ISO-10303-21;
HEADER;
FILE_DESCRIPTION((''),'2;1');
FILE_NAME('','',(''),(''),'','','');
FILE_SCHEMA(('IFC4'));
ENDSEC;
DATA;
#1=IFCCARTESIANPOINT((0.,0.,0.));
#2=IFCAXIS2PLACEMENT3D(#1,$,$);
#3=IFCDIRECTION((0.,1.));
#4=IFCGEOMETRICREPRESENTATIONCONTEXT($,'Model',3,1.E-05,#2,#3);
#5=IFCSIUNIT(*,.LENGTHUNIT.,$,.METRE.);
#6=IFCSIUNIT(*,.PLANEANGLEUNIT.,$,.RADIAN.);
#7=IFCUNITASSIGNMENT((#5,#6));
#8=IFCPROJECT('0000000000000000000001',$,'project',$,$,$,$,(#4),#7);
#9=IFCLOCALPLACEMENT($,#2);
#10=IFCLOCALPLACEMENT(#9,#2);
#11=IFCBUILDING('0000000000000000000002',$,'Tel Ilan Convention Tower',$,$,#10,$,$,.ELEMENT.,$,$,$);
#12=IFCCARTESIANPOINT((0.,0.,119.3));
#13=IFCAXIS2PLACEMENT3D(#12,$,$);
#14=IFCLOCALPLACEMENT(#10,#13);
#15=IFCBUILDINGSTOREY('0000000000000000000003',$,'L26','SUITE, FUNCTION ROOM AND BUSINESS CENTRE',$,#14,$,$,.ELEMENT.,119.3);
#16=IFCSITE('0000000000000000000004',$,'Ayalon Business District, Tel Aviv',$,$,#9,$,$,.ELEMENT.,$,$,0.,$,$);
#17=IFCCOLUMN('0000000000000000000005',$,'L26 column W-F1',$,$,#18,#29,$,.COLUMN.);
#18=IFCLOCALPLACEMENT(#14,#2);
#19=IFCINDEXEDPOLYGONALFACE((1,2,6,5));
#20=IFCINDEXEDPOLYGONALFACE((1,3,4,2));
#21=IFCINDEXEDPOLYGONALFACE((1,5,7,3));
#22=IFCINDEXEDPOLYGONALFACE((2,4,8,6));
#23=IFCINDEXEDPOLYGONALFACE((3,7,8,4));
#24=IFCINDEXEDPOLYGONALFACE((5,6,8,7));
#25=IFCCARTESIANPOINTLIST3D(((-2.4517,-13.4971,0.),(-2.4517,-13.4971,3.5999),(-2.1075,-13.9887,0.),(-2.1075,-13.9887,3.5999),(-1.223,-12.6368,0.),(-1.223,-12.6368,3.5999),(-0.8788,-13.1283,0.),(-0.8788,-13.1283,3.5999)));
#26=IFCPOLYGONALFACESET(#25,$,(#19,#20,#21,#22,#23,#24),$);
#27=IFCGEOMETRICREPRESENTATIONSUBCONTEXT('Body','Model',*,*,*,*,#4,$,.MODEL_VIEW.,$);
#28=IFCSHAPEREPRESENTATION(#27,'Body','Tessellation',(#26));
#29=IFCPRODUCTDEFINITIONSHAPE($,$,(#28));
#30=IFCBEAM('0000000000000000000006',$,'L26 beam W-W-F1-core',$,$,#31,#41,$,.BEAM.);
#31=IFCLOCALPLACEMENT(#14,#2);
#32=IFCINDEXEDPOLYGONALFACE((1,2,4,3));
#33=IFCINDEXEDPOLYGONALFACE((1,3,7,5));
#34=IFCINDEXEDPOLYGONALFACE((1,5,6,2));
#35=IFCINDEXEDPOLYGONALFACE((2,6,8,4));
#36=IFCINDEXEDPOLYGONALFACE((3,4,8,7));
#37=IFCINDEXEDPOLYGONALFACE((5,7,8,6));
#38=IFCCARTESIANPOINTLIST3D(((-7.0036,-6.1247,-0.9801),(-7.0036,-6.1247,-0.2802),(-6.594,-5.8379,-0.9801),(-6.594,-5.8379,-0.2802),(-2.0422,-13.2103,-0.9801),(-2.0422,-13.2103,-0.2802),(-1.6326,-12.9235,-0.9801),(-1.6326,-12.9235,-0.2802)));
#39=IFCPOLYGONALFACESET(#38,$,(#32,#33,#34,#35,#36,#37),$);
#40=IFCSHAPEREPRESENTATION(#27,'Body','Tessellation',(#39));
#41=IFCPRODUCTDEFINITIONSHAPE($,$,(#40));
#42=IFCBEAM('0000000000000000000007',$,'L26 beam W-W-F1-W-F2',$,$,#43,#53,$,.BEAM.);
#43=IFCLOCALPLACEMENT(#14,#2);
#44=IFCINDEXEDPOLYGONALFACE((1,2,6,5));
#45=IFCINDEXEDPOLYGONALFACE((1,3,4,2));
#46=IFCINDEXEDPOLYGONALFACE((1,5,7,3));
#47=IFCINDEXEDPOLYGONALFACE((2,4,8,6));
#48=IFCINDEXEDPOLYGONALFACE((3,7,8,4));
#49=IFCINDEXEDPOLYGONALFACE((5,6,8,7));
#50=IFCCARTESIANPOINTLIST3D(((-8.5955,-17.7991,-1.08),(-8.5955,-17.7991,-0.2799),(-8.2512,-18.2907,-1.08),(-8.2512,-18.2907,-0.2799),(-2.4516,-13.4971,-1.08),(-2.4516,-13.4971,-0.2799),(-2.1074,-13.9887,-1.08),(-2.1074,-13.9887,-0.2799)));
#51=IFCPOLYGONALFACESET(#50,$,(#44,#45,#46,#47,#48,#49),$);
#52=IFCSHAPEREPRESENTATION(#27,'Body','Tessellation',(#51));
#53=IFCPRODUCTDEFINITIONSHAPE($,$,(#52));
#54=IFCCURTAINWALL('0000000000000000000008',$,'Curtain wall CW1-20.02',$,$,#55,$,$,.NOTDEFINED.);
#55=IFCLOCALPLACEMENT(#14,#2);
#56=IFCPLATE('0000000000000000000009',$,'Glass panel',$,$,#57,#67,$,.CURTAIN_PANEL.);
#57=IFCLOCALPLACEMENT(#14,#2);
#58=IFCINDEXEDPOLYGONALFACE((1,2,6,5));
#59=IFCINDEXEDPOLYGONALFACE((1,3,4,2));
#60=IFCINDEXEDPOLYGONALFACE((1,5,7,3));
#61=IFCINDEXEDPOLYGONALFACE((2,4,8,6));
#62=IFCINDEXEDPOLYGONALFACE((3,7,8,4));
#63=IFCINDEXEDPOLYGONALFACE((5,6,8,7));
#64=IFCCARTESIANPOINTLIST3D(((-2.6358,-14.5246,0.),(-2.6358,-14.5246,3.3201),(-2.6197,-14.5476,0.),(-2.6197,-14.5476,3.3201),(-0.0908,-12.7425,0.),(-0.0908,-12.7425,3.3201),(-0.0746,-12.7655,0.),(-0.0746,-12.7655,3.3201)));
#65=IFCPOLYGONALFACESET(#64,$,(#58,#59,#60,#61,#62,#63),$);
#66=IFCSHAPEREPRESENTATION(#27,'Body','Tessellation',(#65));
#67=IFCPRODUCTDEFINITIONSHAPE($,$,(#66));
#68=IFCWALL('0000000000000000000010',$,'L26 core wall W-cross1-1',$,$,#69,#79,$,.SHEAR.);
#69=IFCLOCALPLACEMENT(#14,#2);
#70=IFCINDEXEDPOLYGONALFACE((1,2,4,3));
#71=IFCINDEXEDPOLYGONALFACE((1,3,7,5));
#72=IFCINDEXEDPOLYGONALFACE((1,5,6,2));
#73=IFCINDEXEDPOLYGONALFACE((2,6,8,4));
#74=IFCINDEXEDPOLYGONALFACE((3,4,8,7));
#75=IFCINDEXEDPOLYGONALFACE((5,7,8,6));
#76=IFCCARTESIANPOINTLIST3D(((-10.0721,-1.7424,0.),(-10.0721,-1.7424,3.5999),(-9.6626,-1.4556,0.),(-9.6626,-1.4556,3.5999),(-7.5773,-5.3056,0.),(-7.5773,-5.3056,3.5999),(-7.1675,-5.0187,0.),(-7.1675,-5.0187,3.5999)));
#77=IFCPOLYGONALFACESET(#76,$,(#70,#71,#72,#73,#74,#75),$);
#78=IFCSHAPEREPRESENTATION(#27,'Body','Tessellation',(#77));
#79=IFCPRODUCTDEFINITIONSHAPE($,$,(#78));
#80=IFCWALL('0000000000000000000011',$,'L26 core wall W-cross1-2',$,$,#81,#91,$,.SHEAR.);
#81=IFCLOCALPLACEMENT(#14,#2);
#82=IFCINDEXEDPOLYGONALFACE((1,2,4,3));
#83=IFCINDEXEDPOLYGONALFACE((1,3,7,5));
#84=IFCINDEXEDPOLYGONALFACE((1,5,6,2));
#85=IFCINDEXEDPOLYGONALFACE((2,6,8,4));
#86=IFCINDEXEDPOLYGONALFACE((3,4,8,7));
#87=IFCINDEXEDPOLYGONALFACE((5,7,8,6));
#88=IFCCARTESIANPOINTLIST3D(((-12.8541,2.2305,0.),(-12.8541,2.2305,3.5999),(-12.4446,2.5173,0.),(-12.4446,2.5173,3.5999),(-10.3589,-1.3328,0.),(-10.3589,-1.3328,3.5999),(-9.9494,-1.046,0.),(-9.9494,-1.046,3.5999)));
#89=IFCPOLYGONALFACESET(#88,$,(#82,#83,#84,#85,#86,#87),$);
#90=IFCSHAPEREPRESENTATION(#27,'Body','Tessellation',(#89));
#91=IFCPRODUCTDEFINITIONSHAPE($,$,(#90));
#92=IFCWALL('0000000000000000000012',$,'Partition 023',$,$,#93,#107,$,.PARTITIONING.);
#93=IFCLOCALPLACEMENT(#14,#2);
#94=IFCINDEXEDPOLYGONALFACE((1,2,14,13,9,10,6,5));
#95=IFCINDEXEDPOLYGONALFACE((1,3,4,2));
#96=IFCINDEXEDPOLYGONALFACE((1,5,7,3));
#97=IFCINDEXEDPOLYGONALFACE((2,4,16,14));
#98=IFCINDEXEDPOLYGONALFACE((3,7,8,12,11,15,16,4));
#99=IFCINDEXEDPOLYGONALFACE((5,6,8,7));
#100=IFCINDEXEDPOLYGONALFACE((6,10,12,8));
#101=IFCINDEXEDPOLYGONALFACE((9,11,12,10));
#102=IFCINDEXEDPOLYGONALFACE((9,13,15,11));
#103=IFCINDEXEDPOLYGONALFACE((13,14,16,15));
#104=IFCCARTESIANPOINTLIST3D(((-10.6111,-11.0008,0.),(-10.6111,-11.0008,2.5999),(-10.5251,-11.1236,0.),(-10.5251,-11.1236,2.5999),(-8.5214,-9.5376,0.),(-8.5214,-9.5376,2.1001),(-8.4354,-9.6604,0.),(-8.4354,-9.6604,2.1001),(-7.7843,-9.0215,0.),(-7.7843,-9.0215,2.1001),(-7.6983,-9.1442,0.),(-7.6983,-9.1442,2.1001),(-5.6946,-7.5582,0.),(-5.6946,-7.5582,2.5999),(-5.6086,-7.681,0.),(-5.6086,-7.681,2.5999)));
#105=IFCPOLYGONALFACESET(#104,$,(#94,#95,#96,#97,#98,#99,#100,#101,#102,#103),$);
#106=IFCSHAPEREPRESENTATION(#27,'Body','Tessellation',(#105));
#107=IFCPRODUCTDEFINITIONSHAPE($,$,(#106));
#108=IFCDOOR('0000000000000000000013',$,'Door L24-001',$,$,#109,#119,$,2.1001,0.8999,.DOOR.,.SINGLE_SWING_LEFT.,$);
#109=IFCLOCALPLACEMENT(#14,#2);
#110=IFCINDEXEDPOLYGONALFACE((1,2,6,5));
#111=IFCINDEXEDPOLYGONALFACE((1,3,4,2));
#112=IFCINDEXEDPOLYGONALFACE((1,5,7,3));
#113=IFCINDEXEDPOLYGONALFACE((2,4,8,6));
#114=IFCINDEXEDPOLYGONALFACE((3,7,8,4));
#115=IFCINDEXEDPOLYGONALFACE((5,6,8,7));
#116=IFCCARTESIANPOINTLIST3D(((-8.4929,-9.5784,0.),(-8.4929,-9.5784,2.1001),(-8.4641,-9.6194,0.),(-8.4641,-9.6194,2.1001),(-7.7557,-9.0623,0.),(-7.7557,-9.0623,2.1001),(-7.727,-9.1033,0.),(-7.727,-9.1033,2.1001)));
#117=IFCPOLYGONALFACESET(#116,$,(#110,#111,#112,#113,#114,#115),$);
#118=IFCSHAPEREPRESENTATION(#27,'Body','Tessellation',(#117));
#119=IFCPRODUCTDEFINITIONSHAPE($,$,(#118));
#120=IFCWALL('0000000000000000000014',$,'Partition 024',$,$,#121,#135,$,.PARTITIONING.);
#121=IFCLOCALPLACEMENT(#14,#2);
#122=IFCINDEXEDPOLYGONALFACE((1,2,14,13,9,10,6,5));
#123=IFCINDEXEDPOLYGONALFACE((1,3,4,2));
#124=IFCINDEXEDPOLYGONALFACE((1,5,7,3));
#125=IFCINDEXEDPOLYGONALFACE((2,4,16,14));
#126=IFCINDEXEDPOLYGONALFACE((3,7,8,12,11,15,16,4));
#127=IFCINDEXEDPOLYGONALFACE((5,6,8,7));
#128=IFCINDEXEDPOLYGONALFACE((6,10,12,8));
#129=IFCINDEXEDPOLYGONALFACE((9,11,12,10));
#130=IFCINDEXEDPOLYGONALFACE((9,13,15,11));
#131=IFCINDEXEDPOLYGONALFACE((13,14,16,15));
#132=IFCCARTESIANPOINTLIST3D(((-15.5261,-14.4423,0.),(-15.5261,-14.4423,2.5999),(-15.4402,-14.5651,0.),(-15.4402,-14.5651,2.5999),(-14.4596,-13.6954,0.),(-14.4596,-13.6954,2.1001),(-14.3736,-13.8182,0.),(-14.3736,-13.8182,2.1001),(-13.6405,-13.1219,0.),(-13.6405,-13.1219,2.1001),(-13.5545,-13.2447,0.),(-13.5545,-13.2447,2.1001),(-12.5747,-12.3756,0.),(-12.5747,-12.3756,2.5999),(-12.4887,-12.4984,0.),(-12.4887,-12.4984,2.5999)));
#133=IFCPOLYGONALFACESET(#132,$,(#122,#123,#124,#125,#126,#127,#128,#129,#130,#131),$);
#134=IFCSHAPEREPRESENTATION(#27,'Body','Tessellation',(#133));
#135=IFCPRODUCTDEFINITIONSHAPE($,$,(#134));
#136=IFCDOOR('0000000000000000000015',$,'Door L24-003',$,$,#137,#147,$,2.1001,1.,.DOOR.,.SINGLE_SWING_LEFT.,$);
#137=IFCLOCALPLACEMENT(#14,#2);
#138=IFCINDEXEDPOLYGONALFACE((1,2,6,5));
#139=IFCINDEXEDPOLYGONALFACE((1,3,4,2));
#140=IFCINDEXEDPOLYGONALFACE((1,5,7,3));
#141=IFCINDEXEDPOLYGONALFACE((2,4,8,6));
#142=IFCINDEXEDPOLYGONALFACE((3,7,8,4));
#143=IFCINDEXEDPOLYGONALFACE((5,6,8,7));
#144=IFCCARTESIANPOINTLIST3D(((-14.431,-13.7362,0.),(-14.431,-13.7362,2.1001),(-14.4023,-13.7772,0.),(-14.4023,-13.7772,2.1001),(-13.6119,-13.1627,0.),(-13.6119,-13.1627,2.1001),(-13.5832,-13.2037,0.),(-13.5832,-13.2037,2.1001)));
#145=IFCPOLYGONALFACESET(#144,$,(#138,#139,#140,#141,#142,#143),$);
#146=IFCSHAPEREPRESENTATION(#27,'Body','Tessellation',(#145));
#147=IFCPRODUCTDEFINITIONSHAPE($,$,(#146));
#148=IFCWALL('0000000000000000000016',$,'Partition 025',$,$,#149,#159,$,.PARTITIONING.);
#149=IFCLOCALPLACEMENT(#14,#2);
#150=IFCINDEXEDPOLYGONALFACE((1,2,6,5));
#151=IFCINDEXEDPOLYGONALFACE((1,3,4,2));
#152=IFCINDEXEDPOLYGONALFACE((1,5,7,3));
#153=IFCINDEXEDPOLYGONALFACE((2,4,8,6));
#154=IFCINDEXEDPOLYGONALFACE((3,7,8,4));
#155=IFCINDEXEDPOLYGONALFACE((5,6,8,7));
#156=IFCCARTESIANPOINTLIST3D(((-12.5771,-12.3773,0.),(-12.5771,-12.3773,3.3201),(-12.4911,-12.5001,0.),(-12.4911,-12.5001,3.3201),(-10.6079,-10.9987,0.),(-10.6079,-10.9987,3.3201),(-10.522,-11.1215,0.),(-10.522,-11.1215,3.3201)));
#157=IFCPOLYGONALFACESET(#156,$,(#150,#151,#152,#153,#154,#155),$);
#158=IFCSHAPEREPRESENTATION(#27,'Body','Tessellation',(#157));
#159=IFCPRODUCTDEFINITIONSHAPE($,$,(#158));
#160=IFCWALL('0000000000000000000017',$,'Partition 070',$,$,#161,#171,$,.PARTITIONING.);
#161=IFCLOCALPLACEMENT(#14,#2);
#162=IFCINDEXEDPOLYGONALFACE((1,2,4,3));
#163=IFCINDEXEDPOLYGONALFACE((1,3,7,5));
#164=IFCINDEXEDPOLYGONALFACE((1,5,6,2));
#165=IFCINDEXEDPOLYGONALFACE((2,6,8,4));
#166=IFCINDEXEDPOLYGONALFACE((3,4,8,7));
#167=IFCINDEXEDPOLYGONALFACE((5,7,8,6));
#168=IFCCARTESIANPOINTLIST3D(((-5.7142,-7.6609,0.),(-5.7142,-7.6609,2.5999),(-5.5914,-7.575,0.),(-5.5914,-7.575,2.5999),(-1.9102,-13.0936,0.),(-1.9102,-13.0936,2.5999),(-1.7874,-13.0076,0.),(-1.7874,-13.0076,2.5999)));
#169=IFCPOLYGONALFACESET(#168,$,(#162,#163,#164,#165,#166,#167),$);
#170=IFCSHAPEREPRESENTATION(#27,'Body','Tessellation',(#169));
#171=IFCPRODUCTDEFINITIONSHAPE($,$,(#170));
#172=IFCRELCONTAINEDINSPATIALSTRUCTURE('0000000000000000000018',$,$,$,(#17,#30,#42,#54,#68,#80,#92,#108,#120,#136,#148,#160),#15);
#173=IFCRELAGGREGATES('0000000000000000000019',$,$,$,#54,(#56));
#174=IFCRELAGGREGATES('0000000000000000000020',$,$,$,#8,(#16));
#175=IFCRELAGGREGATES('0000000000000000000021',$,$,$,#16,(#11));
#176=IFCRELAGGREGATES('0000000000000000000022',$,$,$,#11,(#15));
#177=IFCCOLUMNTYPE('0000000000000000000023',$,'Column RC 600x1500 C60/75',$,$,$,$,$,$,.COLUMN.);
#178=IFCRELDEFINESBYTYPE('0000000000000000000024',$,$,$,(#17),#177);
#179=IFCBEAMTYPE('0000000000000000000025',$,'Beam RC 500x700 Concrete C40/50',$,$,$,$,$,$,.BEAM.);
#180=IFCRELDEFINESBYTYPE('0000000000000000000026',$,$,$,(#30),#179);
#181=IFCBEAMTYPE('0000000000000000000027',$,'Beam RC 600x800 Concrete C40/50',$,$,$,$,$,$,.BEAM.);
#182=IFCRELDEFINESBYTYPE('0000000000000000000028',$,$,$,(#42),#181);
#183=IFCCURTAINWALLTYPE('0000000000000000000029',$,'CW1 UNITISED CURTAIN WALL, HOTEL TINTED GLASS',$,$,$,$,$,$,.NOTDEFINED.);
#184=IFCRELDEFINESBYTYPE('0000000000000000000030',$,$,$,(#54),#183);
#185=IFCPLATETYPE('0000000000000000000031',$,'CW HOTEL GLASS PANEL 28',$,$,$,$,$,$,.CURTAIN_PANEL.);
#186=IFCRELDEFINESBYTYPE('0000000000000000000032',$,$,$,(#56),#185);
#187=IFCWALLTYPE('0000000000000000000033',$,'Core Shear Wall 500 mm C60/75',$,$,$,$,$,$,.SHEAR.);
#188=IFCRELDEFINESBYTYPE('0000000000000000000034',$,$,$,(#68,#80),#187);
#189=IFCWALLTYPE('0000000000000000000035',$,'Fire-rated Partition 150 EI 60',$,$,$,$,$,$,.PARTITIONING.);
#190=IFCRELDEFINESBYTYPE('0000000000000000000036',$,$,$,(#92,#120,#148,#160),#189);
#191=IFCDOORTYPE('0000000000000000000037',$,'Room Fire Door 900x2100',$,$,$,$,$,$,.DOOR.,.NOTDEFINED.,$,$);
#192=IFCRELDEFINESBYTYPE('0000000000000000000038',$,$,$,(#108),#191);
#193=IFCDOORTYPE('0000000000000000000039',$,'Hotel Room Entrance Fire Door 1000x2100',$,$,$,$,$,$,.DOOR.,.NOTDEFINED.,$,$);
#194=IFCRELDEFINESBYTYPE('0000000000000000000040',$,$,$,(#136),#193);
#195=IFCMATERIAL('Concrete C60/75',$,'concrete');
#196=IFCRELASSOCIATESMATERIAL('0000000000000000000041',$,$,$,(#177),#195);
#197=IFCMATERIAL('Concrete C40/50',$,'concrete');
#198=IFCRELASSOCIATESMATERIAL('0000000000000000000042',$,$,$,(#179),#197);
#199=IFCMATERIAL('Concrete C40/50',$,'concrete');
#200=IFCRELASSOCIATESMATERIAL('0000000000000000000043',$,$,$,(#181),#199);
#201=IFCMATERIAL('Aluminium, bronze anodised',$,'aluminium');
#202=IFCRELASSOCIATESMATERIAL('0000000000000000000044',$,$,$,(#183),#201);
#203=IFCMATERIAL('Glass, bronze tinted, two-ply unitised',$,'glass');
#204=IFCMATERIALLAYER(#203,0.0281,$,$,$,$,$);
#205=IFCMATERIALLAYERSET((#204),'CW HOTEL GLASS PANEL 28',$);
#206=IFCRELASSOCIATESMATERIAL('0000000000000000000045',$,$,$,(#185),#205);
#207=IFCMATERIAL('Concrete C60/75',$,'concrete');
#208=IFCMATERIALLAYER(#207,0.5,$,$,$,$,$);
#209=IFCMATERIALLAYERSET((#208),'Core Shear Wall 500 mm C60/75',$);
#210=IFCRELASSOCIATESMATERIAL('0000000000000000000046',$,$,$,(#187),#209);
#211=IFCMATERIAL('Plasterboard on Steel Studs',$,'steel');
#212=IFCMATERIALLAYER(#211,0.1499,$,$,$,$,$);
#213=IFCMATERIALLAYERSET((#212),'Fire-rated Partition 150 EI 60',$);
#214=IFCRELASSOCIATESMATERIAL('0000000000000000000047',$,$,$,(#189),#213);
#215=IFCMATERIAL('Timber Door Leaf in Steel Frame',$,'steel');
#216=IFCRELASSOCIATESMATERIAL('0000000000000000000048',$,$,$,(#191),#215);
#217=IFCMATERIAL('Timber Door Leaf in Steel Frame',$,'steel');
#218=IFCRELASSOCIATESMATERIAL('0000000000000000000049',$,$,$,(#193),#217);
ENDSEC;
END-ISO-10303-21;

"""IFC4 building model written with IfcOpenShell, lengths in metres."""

from ifc_helpers import new_model, si_unit, direction, frame, frame_2d, origin, origin_2d, place, context, subcontext, project, spatial, polyline, rectangle, outline, extrude, material, layer, layer_set, material_profile, profile_set, type_object, element, fill, aggregate, save


model = new_model("IFC4")

# Units and contexts
model_context = context("Model", 3, precision=1e-05, world=origin(), true_north=direction((0.0, 1.0)))
body_context = subcontext(model_context, "Body", "Model", "MODEL_VIEW")
ifc_project = project(units=[si_unit("LENGTHUNIT", "METRE"), si_unit("PLANEANGLEUNIT", "RADIAN")], contexts=[model_context])

# Site, building, storey
site_placement = place(None, origin())
site = spatial("IfcSite", under=ifc_project, at=site_placement, Name="Ayalon Business District, Tel Aviv", CompositionType="ELEMENT", RefElevation=0.0)
building_placement = place(site_placement, origin())
building = spatial("IfcBuilding", under=site, at=building_placement, Name="Tel Ilan Convention Tower", CompositionType="ELEMENT")
storey_placement = place(building_placement, frame((0.0, 0.0, 119.3)))
storey = spatial("IfcBuildingStorey", under=building, at=storey_placement, Name="L26", Description="SUITE, FUNCTION ROOM AND BUSINESS CENTRE", CompositionType="ELEMENT", Elevation=119.3)

# Column
ifc_material_1 = material(Name="Concrete C60/75", Category="concrete")
ifc_material_profile_1 = material_profile(ifc_material_1, rectangle(XDim=1.5, YDim=0.6001, at=origin_2d()), Name="RC 600x1500")
ifc_profile_set_1 = profile_set([ifc_material_profile_1], Name="Concrete C60/75")
column_type = type_object("IfcColumnType", Name="Column RC 600x1500 C60/75", PredefinedType="COLUMN", material=ifc_profile_set_1)
column_placement = place(storey_placement, frame((-1.6653, -13.3127, 0.0), z_axis=(0.0, 0.0, 1.0), x_axis=(-0.819152, -0.573576, 0.0)))
element("IfcColumn", 1, at=column_placement, inside=storey, type_object=column_type, Name="L26 column W-F1", PredefinedType="COLUMN", context=body_context, shape_type="SweptSolid", body=[
    extrude(rectangle(XDim=1.5, YDim=0.6001, at=origin_2d()), origin(), (0.0, 0.0, 1.0), 3.5999),
])

# Beams
ifc_material_2 = material(Name="Concrete C40/50", Category="concrete")
ifc_material_profile_2 = material_profile(ifc_material_2, rectangle(XDim=0.5, YDim=0.7, at=origin_2d()), Name="RC 500x700")
ifc_profile_set_2 = profile_set([ifc_material_profile_2], Name="Concrete C40/50")
beam_type_1 = type_object("IfcBeamType", Name="Beam RC 500x700 Concrete C40/50", PredefinedType="BEAM", material=ifc_profile_set_2)
beam_1_placement = place(storey_placement, frame((-1.8374, -13.0669, -0.6301), z_axis=(-0.573574, 0.819154, 0.0), x_axis=(-0.819154, -0.573574, 0.0)))
element("IfcBeam", 2, at=beam_1_placement, inside=storey, type_object=beam_type_1, Name="L26 beam W-W-F1-core", PredefinedType="BEAM", context=body_context, shape_type="SweptSolid", body=[
    extrude(rectangle(XDim=0.5, YDim=0.7, at=origin_2d()), origin(), (0.0, 0.0, 1.0), 8.6499),
])
ifc_material_3 = material(Name="Concrete C40/50", Category="concrete")
ifc_material_profile_3 = material_profile(ifc_material_3, rectangle(XDim=0.6001, YDim=0.8, at=origin_2d()), Name="RC 600x800")
ifc_profile_set_3 = profile_set([ifc_material_profile_3], Name="Concrete C40/50")
beam_type_2 = type_object("IfcBeamType", Name="Beam RC 600x800 Concrete C40/50", PredefinedType="BEAM", material=ifc_profile_set_3)
beam_2_placement = place(storey_placement, frame((-2.2795, -13.7429, -0.6799), z_axis=(-0.819148, -0.573582, 0.0), x_axis=(0.573582, -0.819148, 0.0)))
element("IfcBeam", 3, at=beam_2_placement, inside=storey, type_object=beam_type_2, Name="L26 beam W-W-F1-W-F2", PredefinedType="BEAM", context=body_context, shape_type="SweptSolid", body=[
    extrude(rectangle(XDim=0.6001, YDim=0.8, at=origin_2d()), origin(), (0.0, 0.0, 1.0), 7.5002),
])

# Curtain wall, plate
ifc_material_4 = material(Name="Aluminium, bronze anodised", Category="aluminium")
curtain_wall_type = type_object("IfcCurtainWallType", Name="CW1 UNITISED CURTAIN WALL, HOTEL TINTED GLASS", PredefinedType="NOTDEFINED", material=ifc_material_4)
curtain_wall_placement = place(storey_placement, origin())
curtain_wall = element("IfcCurtainWall", 4, at=curtain_wall_placement, inside=storey, type_object=curtain_wall_type, Name="Curtain wall CW1-20.02", PredefinedType="NOTDEFINED")
ifc_material_5 = material(Name="Glass, bronze tinted, two-ply unitised", Category="glass")
ifc_layer_1 = layer(ifc_material_5, 0.0281)
ifc_layer_set_1 = layer_set([ifc_layer_1], Name="CW HOTEL GLASS PANEL 28")
plate_type = type_object("IfcPlateType", Name="CW HOTEL GLASS PANEL 28", PredefinedType="CURTAIN_PANEL", material=ifc_layer_set_1)
plate_placement = place(storey_placement, frame((-1.3552, -13.645, 0.0), z_axis=(0.0, 0.0, 1.0), x_axis=(0.819152, 0.573576, 0.0)))
plate = element("IfcPlate", 5, at=plate_placement, type_object=plate_type, Name="Glass panel", PredefinedType="CURTAIN_PANEL", context=body_context, shape_type="SweptSolid", body=[
    extrude(rectangle(XDim=3.1069, YDim=0.0281, at=origin_2d()), origin(), (0.0, 0.0, 1.0), 3.3201),
])
aggregate(curtain_wall, [plate])

# Walls
ifc_material_6 = material(Name="Concrete C60/75", Category="concrete")
ifc_layer_2 = layer(ifc_material_6, 0.5)
ifc_layer_set_2 = layer_set([ifc_layer_2], Name="Core Shear Wall 500 mm C60/75")
wall_type_1 = type_object("IfcWallType", Name="Core Shear Wall 500 mm C60/75", PredefinedType="SHEAR", material=ifc_layer_set_2)
wall_1_placement = place(storey_placement, frame((-7.3723, -5.1621, 0.0), z_axis=(0.0, 0.0, 1.0), x_axis=(-0.573594, 0.81914, 0.0)))
element("IfcWall", 6, at=wall_1_placement, inside=storey, type_object=wall_type_1, Name="L26 core wall W-cross1-1", PredefinedType="SHEAR", context=body_context, shape_type="SweptSolid", body=[
    extrude(outline(polyline([(4.3499, 0.25), (0.0, 0.2502), (0.0, -0.25), (4.3499, -0.25), (4.3499, 0.25)])), origin(), (0.0, 0.0, 1.0), 3.5999),
])
wall_2_placement = place(storey_placement, frame((-10.1543, -1.1892, 0.0), z_axis=(0.0, 0.0, 1.0), x_axis=(-0.573594, 0.81914, 0.0)))
element("IfcWall", 7, at=wall_2_placement, inside=storey, type_object=wall_type_1, Name="L26 core wall W-cross1-2", PredefinedType="SHEAR", context=body_context, shape_type="SweptSolid", body=[
    extrude(outline(polyline([(4.3499, -0.25), (4.3499, 0.25), (-0.0002, 0.25), (-0.0002, -0.25), (4.3499, -0.25)])), origin(), (0.0, 0.0, 1.0), 3.5999),
])

# Walls, openings, doors
ifc_material_7 = material(Name="Plasterboard on Steel Studs", Category="steel")
ifc_layer_3 = layer(ifc_material_7, 0.1499)
ifc_layer_set_3 = layer_set([ifc_layer_3], Name="Fire-rated Partition 150 EI 60")
wall_type_2 = type_object("IfcWallType", Name="Fire-rated Partition 150 EI 60", PredefinedType="PARTITIONING", material=ifc_layer_set_3)
wall_3_placement = place(storey_placement, frame((-5.6516, -7.6196, 0.0), z_axis=(0.0, 0.0, 1.0), x_axis=(-0.819148, -0.573582, 0.0)))
wall_3 = element("IfcWall", 8, at=wall_3_placement, inside=storey, type_object=wall_type_2, Name="Partition 023", PredefinedType="PARTITIONING", context=body_context, shape_type="SweptSolid", body=[
    extrude(rectangle(XDim=6.002, YDim=0.1499, at=frame_2d((3.001, 0.0))), origin(), (0.0, 0.0, 1.0), 2.5999),
])
opening_1_placement = place(wall_3_placement, frame((2.551, 0.0, 0.0)))
opening_1 = element("IfcOpeningElement", 9, at=opening_1_placement, cuts=wall_3, PredefinedType="OPENING", context=body_context, shape_type="SweptSolid", body=[
    extrude(rectangle(XDim=0.8999, YDim=2.1001, at=frame_2d((0.45, 1.05))), frame((0.0, 0.085, 0.0), z_axis=(0.0, -1.0, 0.0), x_axis=(1.0, 0.0, 0.0)), (0.0, 0.0, 1.0), 0.1699),
])
ifc_material_8 = material(Name="Timber Door Leaf in Steel Frame", Category="steel")
door_type_1 = type_object("IfcDoorType", Name="Room Fire Door 900x2100", OperationType="NOTDEFINED", PredefinedType="DOOR", material=ifc_material_8)
door_1_placement = place(opening_1_placement, origin())
door_1 = element("IfcDoor", 10, at=door_1_placement, inside=storey, type_object=door_type_1, Name="Door L24-001", OperationType="SINGLE_SWING_LEFT", OverallHeight=2.1001, OverallWidth=0.8999, PredefinedType="DOOR", context=body_context, shape_type="SweptSolid", body=[
    extrude(rectangle(XDim=0.8999, YDim=2.1001, at=frame_2d((0.45, 1.05))), frame((0.0, 0.0249, 0.0), z_axis=(0.0, -1.0, 0.0), x_axis=(1.0, 0.0, 0.0)), (0.0, 0.0, 1.0), 0.05),
])
fill(opening_1, door_1)
wall_4_placement = place(storey_placement, frame((-12.5317, -12.437, 0.0), z_axis=(0.0, 0.0, 1.0), x_axis=(-0.819146, -0.573585, 0.0)))
wall_4 = element("IfcWall", 11, at=wall_4_placement, inside=storey, type_object=wall_type_2, Name="Partition 024", PredefinedType="PARTITIONING", context=body_context, shape_type="SweptSolid", body=[
    extrude(rectangle(XDim=3.603, YDim=0.1499, at=frame_2d((1.8015, 0.0))), origin(), (0.0, 0.0, 1.0), 2.5999),
])
opening_2_placement = place(wall_4_placement, frame((1.301, 0.0, 0.0)))
opening_2 = element("IfcOpeningElement", 12, at=opening_2_placement, cuts=wall_4, PredefinedType="OPENING", context=body_context, shape_type="SweptSolid", body=[
    extrude(rectangle(XDim=1.0, YDim=2.1001, at=frame_2d((0.5, 1.05))), frame((0.0, 0.085, 0.0), z_axis=(0.0, -1.0, 0.0), x_axis=(1.0, 0.0, 0.0)), (0.0, 0.0, 1.0), 0.1699),
])
ifc_material_9 = material(Name="Timber Door Leaf in Steel Frame", Category="steel")
door_type_2 = type_object("IfcDoorType", Name="Hotel Room Entrance Fire Door 1000x2100", OperationType="NOTDEFINED", PredefinedType="DOOR", material=ifc_material_9)
door_2_placement = place(opening_2_placement, origin())
door_2 = element("IfcDoor", 13, at=door_2_placement, inside=storey, type_object=door_type_2, Name="Door L24-003", OperationType="SINGLE_SWING_LEFT", OverallHeight=2.1001, OverallWidth=1.0, PredefinedType="DOOR", context=body_context, shape_type="SweptSolid", body=[
    extrude(rectangle(XDim=1.0, YDim=2.1001, at=frame_2d((0.5, 1.05))), frame((0.0, 0.0249, 0.0), z_axis=(0.0, -1.0, 0.0), x_axis=(1.0, 0.0, 0.0)), (0.0, 0.0, 1.0), 0.05),
])
fill(opening_2, door_2)

# Walls
wall_5_placement = place(storey_placement, frame((-10.5649, -11.0601, 0.0), z_axis=(0.0, 0.0, 1.0), x_axis=(-0.819194, -0.573517, 0.0)))
element("IfcWall", 14, at=wall_5_placement, inside=storey, type_object=wall_type_2, Name="Partition 025", PredefinedType="PARTITIONING", context=body_context, shape_type="SweptSolid", body=[
    extrude(rectangle(XDim=2.4038, YDim=0.1499, at=frame_2d((1.2019, 0.0))), origin(), (0.0, 0.0, 1.0), 3.3201),
])
wall_6_placement = place(storey_placement, frame((-1.8489, -13.0505, 0.0), z_axis=(0.0, 0.0, 1.0), x_axis=(-0.573576, 0.819152, 0.0)))
element("IfcWall", 15, at=wall_6_placement, inside=storey, type_object=wall_type_2, Name="Partition 070", PredefinedType="PARTITIONING", context=body_context, shape_type="SweptSolid", body=[
    extrude(rectangle(XDim=6.6321, YDim=0.1499, at=frame_2d((3.3159, 0.0))), origin(), (0.0, 0.0, 1.0), 2.5999),
])

save(model, "model.ifc")
